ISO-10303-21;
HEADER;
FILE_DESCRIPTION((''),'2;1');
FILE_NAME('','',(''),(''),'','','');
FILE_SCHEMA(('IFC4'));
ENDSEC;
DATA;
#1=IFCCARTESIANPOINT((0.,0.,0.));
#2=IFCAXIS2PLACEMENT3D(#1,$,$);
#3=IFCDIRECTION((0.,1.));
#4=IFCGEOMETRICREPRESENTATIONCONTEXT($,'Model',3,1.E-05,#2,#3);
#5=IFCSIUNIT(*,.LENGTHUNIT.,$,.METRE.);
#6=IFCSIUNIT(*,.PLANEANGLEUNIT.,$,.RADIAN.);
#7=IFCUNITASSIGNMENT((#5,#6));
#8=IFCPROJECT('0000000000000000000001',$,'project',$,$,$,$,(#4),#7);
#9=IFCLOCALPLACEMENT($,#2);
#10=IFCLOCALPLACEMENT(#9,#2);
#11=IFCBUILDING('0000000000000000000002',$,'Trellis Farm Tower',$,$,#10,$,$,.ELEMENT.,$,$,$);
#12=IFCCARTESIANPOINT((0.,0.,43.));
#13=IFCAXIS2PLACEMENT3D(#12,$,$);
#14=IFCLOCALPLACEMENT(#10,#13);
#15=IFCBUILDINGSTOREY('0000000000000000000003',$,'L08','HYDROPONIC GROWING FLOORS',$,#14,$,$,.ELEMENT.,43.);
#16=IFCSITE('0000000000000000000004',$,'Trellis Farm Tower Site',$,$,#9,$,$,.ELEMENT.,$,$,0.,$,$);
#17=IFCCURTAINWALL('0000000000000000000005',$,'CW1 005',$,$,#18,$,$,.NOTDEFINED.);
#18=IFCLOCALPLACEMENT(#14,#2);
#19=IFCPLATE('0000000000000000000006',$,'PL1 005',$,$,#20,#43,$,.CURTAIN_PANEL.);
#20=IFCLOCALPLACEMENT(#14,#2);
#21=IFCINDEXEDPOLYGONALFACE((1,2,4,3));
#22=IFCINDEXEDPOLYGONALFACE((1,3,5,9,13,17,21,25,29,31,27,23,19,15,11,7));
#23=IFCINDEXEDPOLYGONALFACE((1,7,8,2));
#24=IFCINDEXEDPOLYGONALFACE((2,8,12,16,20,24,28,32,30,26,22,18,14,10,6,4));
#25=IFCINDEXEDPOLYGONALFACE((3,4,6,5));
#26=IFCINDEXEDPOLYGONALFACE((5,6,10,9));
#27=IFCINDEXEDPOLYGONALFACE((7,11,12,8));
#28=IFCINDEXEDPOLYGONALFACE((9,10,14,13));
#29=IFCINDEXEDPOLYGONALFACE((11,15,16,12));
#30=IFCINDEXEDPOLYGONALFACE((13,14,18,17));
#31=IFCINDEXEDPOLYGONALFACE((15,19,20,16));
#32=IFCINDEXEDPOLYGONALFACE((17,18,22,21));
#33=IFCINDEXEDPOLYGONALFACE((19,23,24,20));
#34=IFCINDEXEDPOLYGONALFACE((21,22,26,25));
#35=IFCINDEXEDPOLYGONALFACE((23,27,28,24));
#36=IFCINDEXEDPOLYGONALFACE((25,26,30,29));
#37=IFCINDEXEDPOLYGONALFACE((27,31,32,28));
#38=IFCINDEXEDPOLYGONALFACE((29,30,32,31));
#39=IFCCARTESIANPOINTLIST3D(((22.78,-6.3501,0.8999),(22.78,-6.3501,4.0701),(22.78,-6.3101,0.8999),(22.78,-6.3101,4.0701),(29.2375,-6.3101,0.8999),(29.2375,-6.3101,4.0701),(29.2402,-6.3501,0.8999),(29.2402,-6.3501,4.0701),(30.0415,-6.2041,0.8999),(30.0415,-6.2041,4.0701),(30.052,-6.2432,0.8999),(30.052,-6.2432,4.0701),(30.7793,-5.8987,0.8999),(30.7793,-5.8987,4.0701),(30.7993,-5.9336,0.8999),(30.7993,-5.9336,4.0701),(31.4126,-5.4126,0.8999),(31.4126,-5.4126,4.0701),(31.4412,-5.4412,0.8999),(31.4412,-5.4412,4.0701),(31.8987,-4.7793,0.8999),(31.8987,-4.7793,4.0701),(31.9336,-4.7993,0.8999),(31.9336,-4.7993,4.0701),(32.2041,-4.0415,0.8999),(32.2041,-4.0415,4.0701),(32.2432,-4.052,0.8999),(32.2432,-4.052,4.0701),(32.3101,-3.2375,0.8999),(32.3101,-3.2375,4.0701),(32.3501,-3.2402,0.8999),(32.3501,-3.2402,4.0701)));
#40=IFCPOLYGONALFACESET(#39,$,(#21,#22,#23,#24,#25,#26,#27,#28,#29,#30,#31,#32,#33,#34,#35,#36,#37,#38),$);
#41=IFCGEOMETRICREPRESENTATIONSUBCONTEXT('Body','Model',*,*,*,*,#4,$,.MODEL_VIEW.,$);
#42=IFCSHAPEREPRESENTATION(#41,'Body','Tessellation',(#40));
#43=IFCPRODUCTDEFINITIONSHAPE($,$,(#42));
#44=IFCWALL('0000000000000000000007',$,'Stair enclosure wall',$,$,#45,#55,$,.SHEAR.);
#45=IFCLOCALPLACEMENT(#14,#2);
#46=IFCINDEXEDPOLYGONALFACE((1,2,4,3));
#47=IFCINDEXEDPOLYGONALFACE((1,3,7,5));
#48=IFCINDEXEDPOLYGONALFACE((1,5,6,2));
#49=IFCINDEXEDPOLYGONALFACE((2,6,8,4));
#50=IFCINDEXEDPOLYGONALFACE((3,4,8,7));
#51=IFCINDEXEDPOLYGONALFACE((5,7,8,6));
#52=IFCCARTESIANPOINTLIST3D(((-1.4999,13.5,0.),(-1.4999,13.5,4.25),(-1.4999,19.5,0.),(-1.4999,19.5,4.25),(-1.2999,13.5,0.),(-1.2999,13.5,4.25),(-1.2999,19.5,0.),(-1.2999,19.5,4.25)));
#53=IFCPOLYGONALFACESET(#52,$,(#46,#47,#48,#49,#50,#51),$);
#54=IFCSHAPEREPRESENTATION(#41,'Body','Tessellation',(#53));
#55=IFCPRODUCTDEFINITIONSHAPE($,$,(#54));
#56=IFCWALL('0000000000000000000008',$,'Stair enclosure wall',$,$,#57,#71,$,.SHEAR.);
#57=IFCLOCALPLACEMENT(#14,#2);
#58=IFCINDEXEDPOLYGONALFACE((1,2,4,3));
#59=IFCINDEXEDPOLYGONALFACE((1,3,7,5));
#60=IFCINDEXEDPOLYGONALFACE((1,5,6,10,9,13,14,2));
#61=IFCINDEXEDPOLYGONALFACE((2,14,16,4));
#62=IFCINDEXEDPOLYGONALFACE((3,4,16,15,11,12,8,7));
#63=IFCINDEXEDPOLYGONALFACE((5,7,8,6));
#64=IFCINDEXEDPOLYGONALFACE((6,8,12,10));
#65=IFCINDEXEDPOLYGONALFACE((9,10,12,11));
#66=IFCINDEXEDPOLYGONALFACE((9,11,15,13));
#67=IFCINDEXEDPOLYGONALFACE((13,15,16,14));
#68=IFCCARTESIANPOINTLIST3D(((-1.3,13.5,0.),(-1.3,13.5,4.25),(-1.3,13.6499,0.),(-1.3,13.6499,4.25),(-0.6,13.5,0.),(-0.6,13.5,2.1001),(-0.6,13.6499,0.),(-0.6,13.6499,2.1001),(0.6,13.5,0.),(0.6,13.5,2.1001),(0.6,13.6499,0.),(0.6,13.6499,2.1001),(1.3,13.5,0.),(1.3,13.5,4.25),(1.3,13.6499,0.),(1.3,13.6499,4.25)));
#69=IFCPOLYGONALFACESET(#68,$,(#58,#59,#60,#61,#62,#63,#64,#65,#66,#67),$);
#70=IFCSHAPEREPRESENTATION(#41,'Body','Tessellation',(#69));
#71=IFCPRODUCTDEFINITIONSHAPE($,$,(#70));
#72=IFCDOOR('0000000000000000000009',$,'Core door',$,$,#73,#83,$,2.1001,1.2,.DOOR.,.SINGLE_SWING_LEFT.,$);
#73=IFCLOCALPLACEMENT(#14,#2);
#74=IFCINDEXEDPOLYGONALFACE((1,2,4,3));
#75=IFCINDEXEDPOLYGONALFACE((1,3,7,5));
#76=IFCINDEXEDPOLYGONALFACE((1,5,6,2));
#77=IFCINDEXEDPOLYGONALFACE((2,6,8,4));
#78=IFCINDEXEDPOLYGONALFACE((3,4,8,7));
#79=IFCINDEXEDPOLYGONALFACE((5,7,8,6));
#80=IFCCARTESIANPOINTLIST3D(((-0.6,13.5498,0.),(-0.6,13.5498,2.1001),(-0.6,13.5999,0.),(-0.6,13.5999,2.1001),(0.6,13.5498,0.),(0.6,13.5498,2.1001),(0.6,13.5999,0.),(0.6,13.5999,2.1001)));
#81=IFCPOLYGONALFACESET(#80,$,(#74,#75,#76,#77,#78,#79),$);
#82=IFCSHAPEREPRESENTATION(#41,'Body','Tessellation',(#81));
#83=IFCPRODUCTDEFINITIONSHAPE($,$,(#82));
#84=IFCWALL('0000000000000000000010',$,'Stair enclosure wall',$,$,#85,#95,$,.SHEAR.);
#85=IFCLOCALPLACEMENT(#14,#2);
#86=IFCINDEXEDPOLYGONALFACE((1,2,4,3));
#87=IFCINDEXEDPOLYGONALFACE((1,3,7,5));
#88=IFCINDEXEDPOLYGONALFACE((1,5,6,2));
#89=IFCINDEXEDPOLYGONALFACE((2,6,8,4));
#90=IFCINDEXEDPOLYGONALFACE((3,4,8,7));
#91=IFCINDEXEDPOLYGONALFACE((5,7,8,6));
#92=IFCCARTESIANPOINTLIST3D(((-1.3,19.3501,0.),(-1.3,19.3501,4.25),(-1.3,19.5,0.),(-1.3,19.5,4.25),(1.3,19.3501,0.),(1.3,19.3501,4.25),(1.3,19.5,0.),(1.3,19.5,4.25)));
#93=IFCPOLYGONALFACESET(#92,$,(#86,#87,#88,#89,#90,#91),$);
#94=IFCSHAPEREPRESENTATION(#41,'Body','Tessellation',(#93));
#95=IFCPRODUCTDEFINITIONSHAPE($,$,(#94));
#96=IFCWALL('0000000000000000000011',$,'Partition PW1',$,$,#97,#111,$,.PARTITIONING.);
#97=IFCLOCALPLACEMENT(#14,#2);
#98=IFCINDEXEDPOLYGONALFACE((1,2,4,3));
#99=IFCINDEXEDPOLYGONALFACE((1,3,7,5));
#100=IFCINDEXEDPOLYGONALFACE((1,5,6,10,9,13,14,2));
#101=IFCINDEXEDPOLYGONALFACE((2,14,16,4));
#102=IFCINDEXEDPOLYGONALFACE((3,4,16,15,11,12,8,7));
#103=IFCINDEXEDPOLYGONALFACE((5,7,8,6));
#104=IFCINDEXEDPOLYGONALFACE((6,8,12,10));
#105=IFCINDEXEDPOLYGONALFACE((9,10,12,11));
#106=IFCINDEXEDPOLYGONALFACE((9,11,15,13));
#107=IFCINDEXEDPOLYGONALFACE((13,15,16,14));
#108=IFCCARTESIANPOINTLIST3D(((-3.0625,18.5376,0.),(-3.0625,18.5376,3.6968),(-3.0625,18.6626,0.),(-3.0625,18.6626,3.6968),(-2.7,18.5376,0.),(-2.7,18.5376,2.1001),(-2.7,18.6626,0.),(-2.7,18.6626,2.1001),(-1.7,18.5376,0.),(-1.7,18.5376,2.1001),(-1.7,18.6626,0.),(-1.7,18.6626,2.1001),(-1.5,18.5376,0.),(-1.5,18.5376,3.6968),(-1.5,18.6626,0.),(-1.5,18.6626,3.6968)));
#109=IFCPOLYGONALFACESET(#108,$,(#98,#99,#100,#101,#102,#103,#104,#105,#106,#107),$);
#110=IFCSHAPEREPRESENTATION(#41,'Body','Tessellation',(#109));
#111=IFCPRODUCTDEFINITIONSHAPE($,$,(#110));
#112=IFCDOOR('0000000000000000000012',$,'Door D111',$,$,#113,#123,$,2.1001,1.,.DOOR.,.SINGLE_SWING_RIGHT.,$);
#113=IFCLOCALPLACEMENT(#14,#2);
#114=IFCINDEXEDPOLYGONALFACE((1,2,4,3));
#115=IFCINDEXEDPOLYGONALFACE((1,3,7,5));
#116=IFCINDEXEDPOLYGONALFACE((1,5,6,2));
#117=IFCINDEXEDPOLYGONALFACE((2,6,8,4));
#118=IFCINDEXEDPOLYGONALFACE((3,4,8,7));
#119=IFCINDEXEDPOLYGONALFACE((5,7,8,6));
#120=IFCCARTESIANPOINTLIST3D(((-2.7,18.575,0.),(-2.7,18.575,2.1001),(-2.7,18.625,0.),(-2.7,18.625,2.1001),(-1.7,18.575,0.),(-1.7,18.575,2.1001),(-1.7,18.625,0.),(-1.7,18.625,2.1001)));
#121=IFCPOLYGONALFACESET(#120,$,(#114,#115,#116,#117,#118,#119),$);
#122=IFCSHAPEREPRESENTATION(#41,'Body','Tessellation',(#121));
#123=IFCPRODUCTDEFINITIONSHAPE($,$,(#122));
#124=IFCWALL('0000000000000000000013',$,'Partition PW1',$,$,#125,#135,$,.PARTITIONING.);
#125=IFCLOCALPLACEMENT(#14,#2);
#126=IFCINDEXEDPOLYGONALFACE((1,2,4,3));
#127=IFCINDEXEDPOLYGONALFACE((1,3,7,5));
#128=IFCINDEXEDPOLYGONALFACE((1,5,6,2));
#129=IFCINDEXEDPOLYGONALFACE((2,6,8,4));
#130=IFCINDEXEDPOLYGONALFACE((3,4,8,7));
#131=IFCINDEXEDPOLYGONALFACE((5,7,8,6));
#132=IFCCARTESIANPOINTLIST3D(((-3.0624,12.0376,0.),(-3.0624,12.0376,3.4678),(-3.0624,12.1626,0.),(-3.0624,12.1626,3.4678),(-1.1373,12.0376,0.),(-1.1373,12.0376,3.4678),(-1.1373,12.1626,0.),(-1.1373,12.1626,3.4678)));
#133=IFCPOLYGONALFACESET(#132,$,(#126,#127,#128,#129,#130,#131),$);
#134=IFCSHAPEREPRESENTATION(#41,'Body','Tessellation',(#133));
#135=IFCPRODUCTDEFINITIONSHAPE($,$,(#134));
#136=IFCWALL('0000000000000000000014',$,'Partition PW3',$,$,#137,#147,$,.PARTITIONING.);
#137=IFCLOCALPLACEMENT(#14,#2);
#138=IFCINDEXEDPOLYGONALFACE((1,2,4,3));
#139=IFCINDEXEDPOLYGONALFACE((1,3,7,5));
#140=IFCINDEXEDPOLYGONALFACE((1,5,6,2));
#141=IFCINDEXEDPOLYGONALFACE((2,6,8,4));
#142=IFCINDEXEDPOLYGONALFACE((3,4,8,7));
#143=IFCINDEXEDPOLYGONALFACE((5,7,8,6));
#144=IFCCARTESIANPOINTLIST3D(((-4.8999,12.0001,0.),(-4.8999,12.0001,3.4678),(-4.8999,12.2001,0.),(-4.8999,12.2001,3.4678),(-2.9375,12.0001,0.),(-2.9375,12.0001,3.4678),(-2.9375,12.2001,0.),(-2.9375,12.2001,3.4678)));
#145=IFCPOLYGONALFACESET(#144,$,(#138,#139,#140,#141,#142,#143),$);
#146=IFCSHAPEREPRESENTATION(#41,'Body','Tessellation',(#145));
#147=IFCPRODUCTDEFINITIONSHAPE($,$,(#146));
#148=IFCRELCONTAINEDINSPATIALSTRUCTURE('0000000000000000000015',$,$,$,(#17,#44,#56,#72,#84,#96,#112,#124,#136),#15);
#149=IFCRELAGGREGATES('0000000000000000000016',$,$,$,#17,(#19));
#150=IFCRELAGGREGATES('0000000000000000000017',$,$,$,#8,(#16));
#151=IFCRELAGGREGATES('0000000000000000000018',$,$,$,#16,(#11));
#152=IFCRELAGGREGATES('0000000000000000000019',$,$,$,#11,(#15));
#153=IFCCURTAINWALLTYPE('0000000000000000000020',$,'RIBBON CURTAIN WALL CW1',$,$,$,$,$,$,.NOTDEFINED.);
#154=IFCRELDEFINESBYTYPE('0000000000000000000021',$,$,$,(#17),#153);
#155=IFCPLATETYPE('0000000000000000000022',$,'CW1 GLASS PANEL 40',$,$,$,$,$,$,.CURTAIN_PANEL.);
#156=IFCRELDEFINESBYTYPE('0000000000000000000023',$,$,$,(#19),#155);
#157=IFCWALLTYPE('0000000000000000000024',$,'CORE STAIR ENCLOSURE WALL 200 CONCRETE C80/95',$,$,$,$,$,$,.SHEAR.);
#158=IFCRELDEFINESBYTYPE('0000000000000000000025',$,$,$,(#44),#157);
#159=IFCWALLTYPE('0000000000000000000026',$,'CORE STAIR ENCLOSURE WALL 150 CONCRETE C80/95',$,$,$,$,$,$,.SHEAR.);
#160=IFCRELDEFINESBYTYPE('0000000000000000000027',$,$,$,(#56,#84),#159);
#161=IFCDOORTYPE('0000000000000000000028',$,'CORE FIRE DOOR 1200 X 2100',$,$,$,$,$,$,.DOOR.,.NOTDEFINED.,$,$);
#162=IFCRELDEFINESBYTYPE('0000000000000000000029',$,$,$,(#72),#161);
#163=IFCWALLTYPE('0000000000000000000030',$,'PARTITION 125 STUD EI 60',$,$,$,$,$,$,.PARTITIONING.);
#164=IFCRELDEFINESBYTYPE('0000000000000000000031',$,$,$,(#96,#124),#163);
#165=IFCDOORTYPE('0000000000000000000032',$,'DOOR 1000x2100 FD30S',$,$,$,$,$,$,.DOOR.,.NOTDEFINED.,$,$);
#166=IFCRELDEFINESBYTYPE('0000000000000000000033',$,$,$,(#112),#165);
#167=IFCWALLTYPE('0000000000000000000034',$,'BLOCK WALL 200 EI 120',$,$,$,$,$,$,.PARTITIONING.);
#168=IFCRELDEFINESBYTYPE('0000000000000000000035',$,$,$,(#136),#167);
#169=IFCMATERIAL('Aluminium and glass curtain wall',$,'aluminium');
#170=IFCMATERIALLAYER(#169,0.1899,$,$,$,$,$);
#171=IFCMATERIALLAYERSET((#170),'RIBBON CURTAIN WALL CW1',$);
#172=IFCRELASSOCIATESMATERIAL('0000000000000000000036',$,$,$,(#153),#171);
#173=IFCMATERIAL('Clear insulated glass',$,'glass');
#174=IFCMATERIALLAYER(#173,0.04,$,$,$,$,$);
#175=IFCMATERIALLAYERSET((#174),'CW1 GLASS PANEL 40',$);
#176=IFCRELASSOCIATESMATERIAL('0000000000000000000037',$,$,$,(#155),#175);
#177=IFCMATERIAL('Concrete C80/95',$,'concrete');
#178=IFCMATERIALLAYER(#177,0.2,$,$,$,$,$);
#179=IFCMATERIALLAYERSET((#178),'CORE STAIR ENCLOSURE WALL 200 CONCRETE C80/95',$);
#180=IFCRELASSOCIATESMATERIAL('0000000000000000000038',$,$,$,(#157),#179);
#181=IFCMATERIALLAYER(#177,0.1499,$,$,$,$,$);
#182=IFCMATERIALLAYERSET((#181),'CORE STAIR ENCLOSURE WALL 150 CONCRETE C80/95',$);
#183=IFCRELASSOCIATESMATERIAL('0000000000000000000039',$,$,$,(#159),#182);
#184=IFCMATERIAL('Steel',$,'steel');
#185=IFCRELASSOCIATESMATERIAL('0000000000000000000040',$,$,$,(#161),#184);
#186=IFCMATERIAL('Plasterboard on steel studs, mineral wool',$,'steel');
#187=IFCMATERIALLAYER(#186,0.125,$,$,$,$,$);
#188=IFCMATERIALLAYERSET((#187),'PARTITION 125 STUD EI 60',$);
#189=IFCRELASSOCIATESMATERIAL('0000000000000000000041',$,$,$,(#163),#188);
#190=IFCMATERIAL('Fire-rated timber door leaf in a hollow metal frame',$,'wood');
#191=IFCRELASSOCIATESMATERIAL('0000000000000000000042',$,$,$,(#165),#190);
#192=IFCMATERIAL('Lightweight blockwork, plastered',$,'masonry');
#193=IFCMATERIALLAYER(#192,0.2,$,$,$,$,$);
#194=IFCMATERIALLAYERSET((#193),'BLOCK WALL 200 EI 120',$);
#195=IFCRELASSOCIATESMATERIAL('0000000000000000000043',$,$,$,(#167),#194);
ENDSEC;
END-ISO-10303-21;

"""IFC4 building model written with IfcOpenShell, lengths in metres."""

from ifc_helpers import new_model, si_unit, direction, frame, frame_2d, origin, place, context, subcontext, project, spatial, polyline, rectangle, outline, extrude, source, transform, mapped, material, layer, layer_set, type_object, element, fill, aggregate, save


model = new_model("IFC4")

# Units and contexts
model_context = context("Model", 3, precision=1e-05, world=origin(), true_north=direction((0.0, 1.0)))
body_context = subcontext(model_context, "Body", "Model", "MODEL_VIEW")
ifc_project = project(units=[si_unit("LENGTHUNIT", "METRE"), si_unit("PLANEANGLEUNIT", "RADIAN")], contexts=[model_context])

# Site, building, storey
site_placement = place(None, origin())
site = spatial("IfcSite", under=ifc_project, at=site_placement, Name="Trellis Farm Tower Site", CompositionType="ELEMENT", RefElevation=0.0)
building_placement = place(site_placement, origin())
building = spatial("IfcBuilding", under=site, at=building_placement, Name="Trellis Farm Tower", CompositionType="ELEMENT")
storey_placement = place(building_placement, frame((0.0, 0.0, 43.0)))
storey = spatial("IfcBuildingStorey", under=building, at=storey_placement, Name="L08", Description="HYDROPONIC GROWING FLOORS", CompositionType="ELEMENT", Elevation=43.0)

# Shared definitions
ifc_material_1 = material(Name="Concrete C80/95", Category="concrete")

# Curtain wall, plate
ifc_material_2 = material(Name="Aluminium and glass curtain wall", Category="aluminium")
ifc_layer_1 = layer(ifc_material_2, 0.1899)
ifc_layer_set_1 = layer_set([ifc_layer_1], Name="RIBBON CURTAIN WALL CW1")
curtain_wall_type = type_object("IfcCurtainWallType", Name="RIBBON CURTAIN WALL CW1", PredefinedType="NOTDEFINED", material=ifc_layer_set_1)
placement = place(storey_placement, origin())
curtain_wall = element("IfcCurtainWall", 1, at=placement, inside=storey, type_object=curtain_wall_type, Name="CW1 005", PredefinedType="NOTDEFINED")
ifc_material_3 = material(Name="Clear insulated glass", Category="glass")
ifc_layer_2 = layer(ifc_material_3, 0.04)
ifc_layer_set_2 = layer_set([ifc_layer_2], Name="CW1 GLASS PANEL 40")
plate_type = type_object("IfcPlateType", Name="CW1 GLASS PANEL 40", PredefinedType="CURTAIN_PANEL", material=ifc_layer_set_2)
shared_shape_1 = source(origin(), body_context, "Body", "SweptSolid", [
    extrude(outline(polyline([(22.78, -6.3501), (29.2402, -6.3501), (30.052, -6.2432), (30.7993, -5.9336), (31.4412, -5.4412), (31.9336, -4.7993), (32.2432, -4.052), (32.3501, -3.2402), (32.3101, -3.2375), (32.2041, -4.0415), (31.8987, -4.7793), (31.4126, -5.4126), (30.7793, -5.8987), (30.0415, -6.2041), (29.2375, -6.3101), (22.78, -6.3101), (22.78, -6.3501)])), origin(), (0.0, 0.0, 1.0), 3.1702),
])
plate_placement = place(storey_placement, frame((0.0, 0.0, 0.8999)))
plate = element("IfcPlate", 2, at=plate_placement, type_object=plate_type, Name="PL1 005", PredefinedType="CURTAIN_PANEL", context=body_context, shape_type="MappedRepresentation", body=[
    mapped(shared_shape_1, transform((0.0, 0.0, 0.0))),
])
aggregate(curtain_wall, [plate])

# Wall
ifc_layer_3 = layer(ifc_material_1, 0.2)
ifc_layer_set_3 = layer_set([ifc_layer_3], Name="CORE STAIR ENCLOSURE WALL 200 CONCRETE C80/95")
wall_type_1 = type_object("IfcWallType", Name="CORE STAIR ENCLOSURE WALL 200 CONCRETE C80/95", PredefinedType="SHEAR", material=ifc_layer_set_3)
shared_shape_2 = source(origin(), body_context, "Body", "SweptSolid", [
    extrude(rectangle(XDim=6.0, YDim=0.2, at=frame_2d((3.0, 0.0))), origin(), (0.0, 0.0, 1.0), 4.25),
])
wall_1_placement = place(storey_placement, frame((-1.3999, 13.5, 0.0), z_axis=(0.0, 0.0, 1.0), x_axis=(0.0, 1.0, 0.0)))
element("IfcWall", 3, at=wall_1_placement, inside=storey, type_object=wall_type_1, Name="Stair enclosure wall", PredefinedType="SHEAR", context=body_context, shape_type="MappedRepresentation", body=[
    mapped(shared_shape_2, transform((0.0, 0.0, 0.0))),
])

# Wall, opening, door
ifc_layer_4 = layer(ifc_material_1, 0.1499)
ifc_layer_set_4 = layer_set([ifc_layer_4], Name="CORE STAIR ENCLOSURE WALL 150 CONCRETE C80/95")
wall_type_2 = type_object("IfcWallType", Name="CORE STAIR ENCLOSURE WALL 150 CONCRETE C80/95", PredefinedType="SHEAR", material=ifc_layer_set_4)
shared_shape_3 = source(origin(), body_context, "Body", "SweptSolid", [
    extrude(rectangle(XDim=2.6001, YDim=0.1499, at=frame_2d((1.3, 0.0))), origin(), (0.0, 0.0, 1.0), 4.25),
])
wall_2_placement = place(storey_placement, frame((-1.3, 13.575, 0.0), z_axis=(0.0, 0.0, 1.0), x_axis=(1.0, 0.0, 0.0)))
wall_2 = element("IfcWall", 4, at=wall_2_placement, inside=storey, type_object=wall_type_2, Name="Stair enclosure wall", PredefinedType="SHEAR", context=body_context, shape_type="MappedRepresentation", body=[
    mapped(shared_shape_3, transform((0.0, 0.0, 0.0))),
])
shared_shape_4 = source(origin(), body_context, "Body", "SweptSolid", [
    extrude(rectangle(XDim=1.2, YDim=2.1001, at=frame_2d((0.6001, 1.05))), frame((0.0, 0.085, 0.0), z_axis=(0.0, -1.0, 0.0), x_axis=(1.0, 0.0, 0.0)), (0.0, 0.0, 1.0), 0.1699),
])
opening_1_placement = place(wall_2_placement, frame((0.7, 0.0, 0.0)))
opening_1 = element("IfcOpeningElement", 5, at=opening_1_placement, cuts=wall_2, PredefinedType="OPENING", context=body_context, shape_type="MappedRepresentation", body=[
    mapped(shared_shape_4, transform((0.0, 0.0, 0.0))),
])
ifc_material_4 = material(Name="Steel", Category="steel")
door_type_1 = type_object("IfcDoorType", Name="CORE FIRE DOOR 1200 X 2100", OperationType="NOTDEFINED", PredefinedType="DOOR", material=ifc_material_4)
shared_shape_5 = source(origin(), body_context, "Body", "SweptSolid", [
    extrude(rectangle(XDim=1.2, YDim=2.1001, at=frame_2d((0.6001, 1.05))), frame((0.0, 0.0249, 0.0), z_axis=(0.0, -1.0, 0.0), x_axis=(1.0, 0.0, 0.0)), (0.0, 0.0, 1.0), 0.05),
])
door_1_placement = place(opening_1_placement, origin())
door_1 = element("IfcDoor", 6, at=door_1_placement, inside=storey, type_object=door_type_1, Name="Core door", OperationType="SINGLE_SWING_LEFT", OverallHeight=2.1001, OverallWidth=1.2, PredefinedType="DOOR", context=body_context, shape_type="MappedRepresentation", body=[
    mapped(shared_shape_5, transform((0.0, 0.0, 0.0))),
])
fill(opening_1, door_1)

# Wall
wall_3_placement = place(storey_placement, frame((-1.3, 19.425, 0.0), z_axis=(0.0, 0.0, 1.0), x_axis=(1.0, 0.0, 0.0)))
element("IfcWall", 7, at=wall_3_placement, inside=storey, type_object=wall_type_2, Name="Stair enclosure wall", PredefinedType="SHEAR", context=body_context, shape_type="MappedRepresentation", body=[
    mapped(shared_shape_3, transform((0.0, 0.0, 0.0))),
])

# Wall, opening, door
ifc_material_5 = material(Name="Plasterboard on steel studs, mineral wool", Category="steel")
ifc_layer_5 = layer(ifc_material_5, 0.125)
ifc_layer_set_5 = layer_set([ifc_layer_5], Name="PARTITION 125 STUD EI 60")
wall_type_3 = type_object("IfcWallType", Name="PARTITION 125 STUD EI 60", PredefinedType="PARTITIONING", material=ifc_layer_set_5)
shared_shape_6 = source(origin(), body_context, "Body", "SweptSolid", [
    extrude(rectangle(XDim=1.5625, YDim=0.125, at=frame_2d((0.7812, 0.0))), origin(), (0.0, 0.0, 1.0), 3.6968),
])
wall_4_placement = place(storey_placement, frame((-3.0625, 18.6001, 0.0), z_axis=(0.0, 0.0, 1.0), x_axis=(1.0, 0.0, 0.0)))
wall_4 = element("IfcWall", 8, at=wall_4_placement, inside=storey, type_object=wall_type_3, Name="Partition PW1", PredefinedType="PARTITIONING", context=body_context, shape_type="MappedRepresentation", body=[
    mapped(shared_shape_6, transform((0.0, 0.0, 0.0))),
])
shared_shape_7 = source(origin(), body_context, "Body", "SweptSolid", [
    extrude(rectangle(XDim=1.0, YDim=2.1001, at=frame_2d((0.5, 1.05))), frame((0.0, 0.0725, 0.0), z_axis=(0.0, -1.0, 0.0), x_axis=(1.0, 0.0, 0.0)), (0.0, 0.0, 1.0), 0.145),
])
opening_2_placement = place(wall_4_placement, frame((0.3625, 0.0, 0.0)))
opening_2 = element("IfcOpeningElement", 9, at=opening_2_placement, cuts=wall_4, PredefinedType="OPENING", context=body_context, shape_type="MappedRepresentation", body=[
    mapped(shared_shape_7, transform((0.0, 0.0, 0.0))),
])
ifc_material_6 = material(Name="Fire-rated timber door leaf in a hollow metal frame", Category="wood")
door_type_2 = type_object("IfcDoorType", Name="DOOR 1000x2100 FD30S", OperationType="NOTDEFINED", PredefinedType="DOOR", material=ifc_material_6)
shared_shape_8 = source(origin(), body_context, "Body", "SweptSolid", [
    extrude(rectangle(XDim=1.0, YDim=2.1001, at=frame_2d((0.5, 1.05))), frame((0.0, 0.0249, 0.0), z_axis=(0.0, -1.0, 0.0), x_axis=(1.0, 0.0, 0.0)), (0.0, 0.0, 1.0), 0.05),
])
door_2_placement = place(opening_2_placement, origin())
door_2 = element("IfcDoor", 10, at=door_2_placement, inside=storey, type_object=door_type_2, Name="Door D111", OperationType="SINGLE_SWING_RIGHT", OverallHeight=2.1001, OverallWidth=1.0, PredefinedType="DOOR", context=body_context, shape_type="MappedRepresentation", body=[
    mapped(shared_shape_8, transform((0.0, 0.0, 0.0))),
])
fill(opening_2, door_2)

# Walls
shared_shape_9 = source(origin(), body_context, "Body", "SweptSolid", [
    extrude(rectangle(XDim=1.925, YDim=0.125, at=frame_2d((0.9624, 0.0))), origin(), (0.0, 0.0, 1.0), 3.4678),
])
wall_5_placement = place(storey_placement, frame((-1.1375, 12.1001, 0.0), z_axis=(0.0, 0.0, 1.0), x_axis=(-1.0, 0.0, 0.0)))
element("IfcWall", 11, at=wall_5_placement, inside=storey, type_object=wall_type_3, Name="Partition PW1", PredefinedType="PARTITIONING", context=body_context, shape_type="MappedRepresentation", body=[
    mapped(shared_shape_9, transform((0.0, 0.0, 0.0))),
])
ifc_material_7 = material(Name="Lightweight blockwork, plastered", Category="masonry")
ifc_layer_6 = layer(ifc_material_7, 0.2)
ifc_layer_set_6 = layer_set([ifc_layer_6], Name="BLOCK WALL 200 EI 120")
wall_type_4 = type_object("IfcWallType", Name="BLOCK WALL 200 EI 120", PredefinedType="PARTITIONING", material=ifc_layer_set_6)
shared_shape_10 = source(origin(), body_context, "Body", "SweptSolid", [
    extrude(rectangle(XDim=1.9624, YDim=0.2, at=frame_2d((0.9812, 0.0))), origin(), (0.0, 0.0, 1.0), 3.4678),
])
wall_6_placement = place(storey_placement, frame((-4.8999, 12.1001, 0.0), z_axis=(0.0, 0.0, 1.0), x_axis=(1.0, 0.0, 0.0)))
element("IfcWall", 12, at=wall_6_placement, inside=storey, type_object=wall_type_4, Name="Partition PW3", PredefinedType="PARTITIONING", context=body_context, shape_type="MappedRepresentation", body=[
    mapped(shared_shape_10, transform((0.0, 0.0, 0.0))),
])

save(model, "model.ifc")
